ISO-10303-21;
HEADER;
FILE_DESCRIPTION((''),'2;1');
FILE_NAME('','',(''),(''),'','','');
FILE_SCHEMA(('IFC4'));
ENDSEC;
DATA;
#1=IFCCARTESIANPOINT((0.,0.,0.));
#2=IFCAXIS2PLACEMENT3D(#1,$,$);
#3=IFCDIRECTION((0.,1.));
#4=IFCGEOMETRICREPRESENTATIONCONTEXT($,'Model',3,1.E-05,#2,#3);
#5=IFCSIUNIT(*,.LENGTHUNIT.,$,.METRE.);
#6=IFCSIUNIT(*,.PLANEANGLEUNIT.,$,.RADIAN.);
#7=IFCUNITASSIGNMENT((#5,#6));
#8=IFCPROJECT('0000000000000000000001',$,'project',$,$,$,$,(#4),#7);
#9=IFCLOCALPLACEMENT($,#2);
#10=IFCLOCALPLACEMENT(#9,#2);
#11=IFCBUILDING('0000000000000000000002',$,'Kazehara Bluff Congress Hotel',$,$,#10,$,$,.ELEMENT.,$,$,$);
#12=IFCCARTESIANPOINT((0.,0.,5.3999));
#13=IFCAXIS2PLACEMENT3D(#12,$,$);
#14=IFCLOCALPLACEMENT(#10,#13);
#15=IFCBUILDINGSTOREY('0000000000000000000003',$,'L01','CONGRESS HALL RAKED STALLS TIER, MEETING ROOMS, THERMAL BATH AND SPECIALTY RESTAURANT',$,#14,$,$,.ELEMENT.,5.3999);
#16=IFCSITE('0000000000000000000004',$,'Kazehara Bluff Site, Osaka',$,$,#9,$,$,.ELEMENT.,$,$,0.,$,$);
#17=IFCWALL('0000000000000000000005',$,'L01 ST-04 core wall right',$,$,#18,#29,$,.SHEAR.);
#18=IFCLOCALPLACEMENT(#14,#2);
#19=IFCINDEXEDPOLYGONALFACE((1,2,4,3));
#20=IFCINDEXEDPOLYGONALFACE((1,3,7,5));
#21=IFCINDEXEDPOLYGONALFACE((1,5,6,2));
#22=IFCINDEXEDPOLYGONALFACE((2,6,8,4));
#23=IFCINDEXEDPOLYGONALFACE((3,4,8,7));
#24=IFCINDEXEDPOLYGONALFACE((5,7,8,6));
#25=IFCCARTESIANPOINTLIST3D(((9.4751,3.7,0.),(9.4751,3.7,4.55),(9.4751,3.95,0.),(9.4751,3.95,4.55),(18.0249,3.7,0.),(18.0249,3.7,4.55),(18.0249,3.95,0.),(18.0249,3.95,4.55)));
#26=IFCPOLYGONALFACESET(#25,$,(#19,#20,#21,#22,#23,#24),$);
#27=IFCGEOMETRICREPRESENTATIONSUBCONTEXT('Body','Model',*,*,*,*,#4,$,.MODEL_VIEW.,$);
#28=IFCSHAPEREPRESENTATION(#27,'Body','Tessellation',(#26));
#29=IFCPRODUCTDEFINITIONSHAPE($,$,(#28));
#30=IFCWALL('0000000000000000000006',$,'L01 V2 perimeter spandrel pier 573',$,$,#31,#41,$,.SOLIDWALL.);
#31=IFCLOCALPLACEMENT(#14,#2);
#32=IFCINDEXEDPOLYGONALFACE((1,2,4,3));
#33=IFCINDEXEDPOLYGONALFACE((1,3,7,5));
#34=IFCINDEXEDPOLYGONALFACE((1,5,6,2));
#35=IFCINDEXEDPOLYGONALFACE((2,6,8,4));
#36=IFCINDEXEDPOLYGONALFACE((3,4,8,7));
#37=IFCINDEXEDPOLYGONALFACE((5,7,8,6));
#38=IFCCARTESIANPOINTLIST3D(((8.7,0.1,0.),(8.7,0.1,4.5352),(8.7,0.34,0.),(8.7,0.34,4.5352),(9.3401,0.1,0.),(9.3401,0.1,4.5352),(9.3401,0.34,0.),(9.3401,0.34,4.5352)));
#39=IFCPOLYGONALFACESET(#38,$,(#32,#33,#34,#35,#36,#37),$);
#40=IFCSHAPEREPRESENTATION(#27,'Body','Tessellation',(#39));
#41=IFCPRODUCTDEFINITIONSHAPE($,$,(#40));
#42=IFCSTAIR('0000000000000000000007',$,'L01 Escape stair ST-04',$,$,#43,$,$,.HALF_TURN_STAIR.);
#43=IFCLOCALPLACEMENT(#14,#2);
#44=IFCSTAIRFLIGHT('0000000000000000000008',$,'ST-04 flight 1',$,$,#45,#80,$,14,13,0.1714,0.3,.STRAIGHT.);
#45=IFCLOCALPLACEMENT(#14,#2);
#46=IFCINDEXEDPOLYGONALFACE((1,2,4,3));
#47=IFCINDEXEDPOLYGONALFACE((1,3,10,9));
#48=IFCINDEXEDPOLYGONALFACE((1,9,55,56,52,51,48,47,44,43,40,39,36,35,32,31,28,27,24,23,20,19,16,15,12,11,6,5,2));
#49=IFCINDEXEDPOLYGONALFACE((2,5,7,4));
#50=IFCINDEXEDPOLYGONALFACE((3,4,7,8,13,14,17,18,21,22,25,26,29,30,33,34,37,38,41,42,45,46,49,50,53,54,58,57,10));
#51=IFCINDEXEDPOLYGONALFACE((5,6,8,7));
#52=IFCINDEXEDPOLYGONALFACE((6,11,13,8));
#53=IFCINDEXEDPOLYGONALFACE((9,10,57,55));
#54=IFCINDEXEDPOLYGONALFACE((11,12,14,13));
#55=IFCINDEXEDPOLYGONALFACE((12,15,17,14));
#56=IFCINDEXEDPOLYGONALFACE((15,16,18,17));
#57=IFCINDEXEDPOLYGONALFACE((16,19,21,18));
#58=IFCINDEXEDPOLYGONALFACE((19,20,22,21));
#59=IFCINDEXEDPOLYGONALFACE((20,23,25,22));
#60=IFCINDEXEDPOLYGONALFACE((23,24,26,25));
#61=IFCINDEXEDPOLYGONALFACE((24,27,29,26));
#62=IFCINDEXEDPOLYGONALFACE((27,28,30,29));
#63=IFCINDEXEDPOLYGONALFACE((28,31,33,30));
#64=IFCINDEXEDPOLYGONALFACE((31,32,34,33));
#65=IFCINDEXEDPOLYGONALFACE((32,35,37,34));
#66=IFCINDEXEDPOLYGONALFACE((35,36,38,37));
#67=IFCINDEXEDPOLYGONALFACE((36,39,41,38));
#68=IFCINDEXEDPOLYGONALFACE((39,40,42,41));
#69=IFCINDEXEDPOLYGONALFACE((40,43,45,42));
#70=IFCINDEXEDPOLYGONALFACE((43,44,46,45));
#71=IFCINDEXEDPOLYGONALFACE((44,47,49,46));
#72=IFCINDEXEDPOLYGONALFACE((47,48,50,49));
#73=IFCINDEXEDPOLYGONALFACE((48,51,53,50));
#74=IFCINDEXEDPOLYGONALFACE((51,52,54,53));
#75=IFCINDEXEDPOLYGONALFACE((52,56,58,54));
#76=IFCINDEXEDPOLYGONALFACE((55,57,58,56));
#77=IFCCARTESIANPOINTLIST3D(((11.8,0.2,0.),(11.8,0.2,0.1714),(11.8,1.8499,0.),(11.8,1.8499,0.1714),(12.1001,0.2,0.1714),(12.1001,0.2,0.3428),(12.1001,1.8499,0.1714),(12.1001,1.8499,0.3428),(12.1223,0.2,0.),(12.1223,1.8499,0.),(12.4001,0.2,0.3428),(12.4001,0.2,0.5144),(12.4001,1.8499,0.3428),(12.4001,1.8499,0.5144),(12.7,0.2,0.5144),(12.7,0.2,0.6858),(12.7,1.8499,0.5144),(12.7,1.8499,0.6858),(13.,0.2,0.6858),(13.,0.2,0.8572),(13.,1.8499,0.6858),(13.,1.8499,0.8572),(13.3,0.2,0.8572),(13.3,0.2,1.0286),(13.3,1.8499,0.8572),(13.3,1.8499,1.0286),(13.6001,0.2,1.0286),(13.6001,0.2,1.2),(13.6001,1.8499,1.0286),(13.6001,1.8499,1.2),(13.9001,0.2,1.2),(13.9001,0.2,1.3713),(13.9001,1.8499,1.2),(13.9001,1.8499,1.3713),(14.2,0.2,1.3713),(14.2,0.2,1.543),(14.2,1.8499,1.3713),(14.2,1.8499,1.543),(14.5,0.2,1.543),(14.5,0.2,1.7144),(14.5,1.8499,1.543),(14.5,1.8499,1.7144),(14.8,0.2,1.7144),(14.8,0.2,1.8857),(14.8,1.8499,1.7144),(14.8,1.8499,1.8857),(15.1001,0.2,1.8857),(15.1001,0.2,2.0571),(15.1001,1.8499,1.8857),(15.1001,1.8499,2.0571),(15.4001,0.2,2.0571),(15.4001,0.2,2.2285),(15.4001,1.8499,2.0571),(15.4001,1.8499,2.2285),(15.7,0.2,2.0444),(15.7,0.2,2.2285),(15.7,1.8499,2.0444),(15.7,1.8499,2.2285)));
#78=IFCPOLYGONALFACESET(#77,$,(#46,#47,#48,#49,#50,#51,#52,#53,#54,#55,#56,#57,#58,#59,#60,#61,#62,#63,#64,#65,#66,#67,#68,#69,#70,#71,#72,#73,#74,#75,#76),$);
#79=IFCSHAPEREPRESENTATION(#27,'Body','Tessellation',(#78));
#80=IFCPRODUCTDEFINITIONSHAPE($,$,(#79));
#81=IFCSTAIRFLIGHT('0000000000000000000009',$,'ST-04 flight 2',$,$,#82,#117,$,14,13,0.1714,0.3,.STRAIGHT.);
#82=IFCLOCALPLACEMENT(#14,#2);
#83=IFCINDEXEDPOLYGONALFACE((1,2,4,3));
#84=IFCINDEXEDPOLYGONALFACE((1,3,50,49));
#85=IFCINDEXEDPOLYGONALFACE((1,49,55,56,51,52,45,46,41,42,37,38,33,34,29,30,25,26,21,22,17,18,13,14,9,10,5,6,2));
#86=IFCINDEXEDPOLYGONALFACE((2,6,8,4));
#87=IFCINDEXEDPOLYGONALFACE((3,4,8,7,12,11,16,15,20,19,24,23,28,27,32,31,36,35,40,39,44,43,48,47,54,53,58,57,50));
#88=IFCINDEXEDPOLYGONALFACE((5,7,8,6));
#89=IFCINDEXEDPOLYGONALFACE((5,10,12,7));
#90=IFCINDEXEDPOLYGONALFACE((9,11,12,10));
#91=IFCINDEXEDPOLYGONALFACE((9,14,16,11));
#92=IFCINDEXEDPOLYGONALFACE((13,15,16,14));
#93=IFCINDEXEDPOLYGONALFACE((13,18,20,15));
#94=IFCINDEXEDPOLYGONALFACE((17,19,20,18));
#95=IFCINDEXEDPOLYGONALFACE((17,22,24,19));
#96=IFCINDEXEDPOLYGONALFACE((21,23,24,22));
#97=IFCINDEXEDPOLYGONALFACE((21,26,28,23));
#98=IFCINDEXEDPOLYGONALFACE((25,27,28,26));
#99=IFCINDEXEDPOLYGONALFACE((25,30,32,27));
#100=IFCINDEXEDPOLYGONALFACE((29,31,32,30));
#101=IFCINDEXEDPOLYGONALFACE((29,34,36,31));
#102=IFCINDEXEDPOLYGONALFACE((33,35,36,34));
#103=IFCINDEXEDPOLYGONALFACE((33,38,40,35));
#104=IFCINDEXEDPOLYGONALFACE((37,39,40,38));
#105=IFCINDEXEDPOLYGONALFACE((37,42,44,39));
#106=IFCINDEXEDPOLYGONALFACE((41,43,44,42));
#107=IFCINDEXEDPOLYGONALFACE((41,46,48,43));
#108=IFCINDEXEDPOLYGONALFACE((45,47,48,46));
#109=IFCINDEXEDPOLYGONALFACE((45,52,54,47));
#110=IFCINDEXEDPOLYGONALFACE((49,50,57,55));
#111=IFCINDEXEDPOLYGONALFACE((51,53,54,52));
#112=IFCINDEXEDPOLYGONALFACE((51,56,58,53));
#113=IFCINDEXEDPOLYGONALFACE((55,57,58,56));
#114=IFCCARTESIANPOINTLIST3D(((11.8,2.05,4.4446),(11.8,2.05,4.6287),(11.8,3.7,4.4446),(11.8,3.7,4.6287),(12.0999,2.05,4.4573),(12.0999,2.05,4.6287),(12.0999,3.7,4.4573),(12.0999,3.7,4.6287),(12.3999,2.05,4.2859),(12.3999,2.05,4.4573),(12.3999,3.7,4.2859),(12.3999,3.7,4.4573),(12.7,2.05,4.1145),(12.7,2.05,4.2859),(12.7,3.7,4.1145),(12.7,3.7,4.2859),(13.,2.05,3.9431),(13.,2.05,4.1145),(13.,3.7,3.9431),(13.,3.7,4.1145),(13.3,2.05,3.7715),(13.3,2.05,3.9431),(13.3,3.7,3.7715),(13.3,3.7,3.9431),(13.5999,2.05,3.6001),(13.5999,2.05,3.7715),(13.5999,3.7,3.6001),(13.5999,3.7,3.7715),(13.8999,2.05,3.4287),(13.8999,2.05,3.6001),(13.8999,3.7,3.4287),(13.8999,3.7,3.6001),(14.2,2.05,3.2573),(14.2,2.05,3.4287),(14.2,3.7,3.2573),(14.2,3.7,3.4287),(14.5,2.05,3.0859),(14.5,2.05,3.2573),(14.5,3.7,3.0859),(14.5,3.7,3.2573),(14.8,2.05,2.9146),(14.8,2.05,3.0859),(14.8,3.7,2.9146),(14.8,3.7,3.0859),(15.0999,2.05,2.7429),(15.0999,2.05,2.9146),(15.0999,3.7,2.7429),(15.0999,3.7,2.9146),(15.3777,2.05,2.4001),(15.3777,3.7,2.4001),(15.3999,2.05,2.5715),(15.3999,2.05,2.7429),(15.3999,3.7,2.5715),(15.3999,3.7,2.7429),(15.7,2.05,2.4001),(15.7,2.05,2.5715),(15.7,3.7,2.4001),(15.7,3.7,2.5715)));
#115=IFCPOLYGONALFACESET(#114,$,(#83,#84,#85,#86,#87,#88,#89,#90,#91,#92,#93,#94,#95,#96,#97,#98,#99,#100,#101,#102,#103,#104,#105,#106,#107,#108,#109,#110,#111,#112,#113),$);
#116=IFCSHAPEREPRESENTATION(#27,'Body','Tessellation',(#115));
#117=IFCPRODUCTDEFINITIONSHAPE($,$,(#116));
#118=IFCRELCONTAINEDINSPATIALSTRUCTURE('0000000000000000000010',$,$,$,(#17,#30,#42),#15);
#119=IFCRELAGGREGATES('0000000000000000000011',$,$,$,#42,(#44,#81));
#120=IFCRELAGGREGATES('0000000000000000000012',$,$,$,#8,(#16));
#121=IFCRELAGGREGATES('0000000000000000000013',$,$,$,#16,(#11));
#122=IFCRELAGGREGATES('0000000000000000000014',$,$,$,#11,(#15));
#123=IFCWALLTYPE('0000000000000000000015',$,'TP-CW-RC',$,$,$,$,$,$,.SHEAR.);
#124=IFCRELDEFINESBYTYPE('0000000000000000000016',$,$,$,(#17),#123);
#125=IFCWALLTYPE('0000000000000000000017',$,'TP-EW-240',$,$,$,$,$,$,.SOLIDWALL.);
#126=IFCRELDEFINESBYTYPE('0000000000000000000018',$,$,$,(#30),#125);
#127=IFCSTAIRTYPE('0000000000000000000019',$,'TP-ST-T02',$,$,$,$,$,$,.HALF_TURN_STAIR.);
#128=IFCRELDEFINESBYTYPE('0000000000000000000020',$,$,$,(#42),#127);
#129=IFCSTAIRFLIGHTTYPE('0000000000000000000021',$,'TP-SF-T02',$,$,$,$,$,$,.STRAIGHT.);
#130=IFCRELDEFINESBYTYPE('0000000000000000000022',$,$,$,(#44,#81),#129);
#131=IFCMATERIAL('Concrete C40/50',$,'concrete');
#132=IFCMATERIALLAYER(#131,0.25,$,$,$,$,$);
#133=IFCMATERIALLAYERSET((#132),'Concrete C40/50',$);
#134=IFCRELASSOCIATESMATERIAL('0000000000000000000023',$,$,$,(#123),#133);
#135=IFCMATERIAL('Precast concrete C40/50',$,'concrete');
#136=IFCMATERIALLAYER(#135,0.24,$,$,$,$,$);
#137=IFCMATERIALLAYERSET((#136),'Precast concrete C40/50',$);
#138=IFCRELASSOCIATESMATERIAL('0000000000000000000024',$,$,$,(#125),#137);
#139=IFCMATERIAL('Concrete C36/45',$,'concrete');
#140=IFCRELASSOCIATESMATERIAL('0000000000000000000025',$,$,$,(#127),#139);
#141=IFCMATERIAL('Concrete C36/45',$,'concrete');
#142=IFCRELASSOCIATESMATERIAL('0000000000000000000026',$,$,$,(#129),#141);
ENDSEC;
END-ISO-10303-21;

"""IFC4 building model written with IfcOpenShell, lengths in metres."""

from ifc_helpers import new_model, si_unit, direction, frame, frame_2d, origin, place, context, subcontext, project, spatial, polyline, rectangle, outline, extrude, material, layer, layer_set, type_object, element, aggregate, save


model = new_model("IFC4")

# Units and contexts
model_context = context("Model", 3, precision=1e-05, world=origin(), true_north=direction((0.0, 1.0)))
body_context = subcontext(model_context, "Body", "Model", "MODEL_VIEW")
ifc_project = project(units=[si_unit("LENGTHUNIT", "METRE"), si_unit("PLANEANGLEUNIT", "RADIAN")], contexts=[model_context])

# Site, building, storey
site_placement = place(None, origin())
site = spatial("IfcSite", under=ifc_project, at=site_placement, Name="Kazehara Bluff Site, Osaka", CompositionType="ELEMENT", RefElevation=0.0)
building_placement = place(site_placement, origin())
building = spatial("IfcBuilding", under=site, at=building_placement, Name="Kazehara Bluff Congress Hotel", CompositionType="ELEMENT")
storey_placement = place(building_placement, frame((0.0, 0.0, 5.3999)))
storey = spatial("IfcBuildingStorey", under=building, at=storey_placement, Name="L01", Description="CONGRESS HALL RAKED STALLS TIER, MEETING ROOMS, THERMAL BATH AND SPECIALTY RESTAURANT", CompositionType="ELEMENT", Elevation=5.3999)

# Shared definitions
ifc_material_1 = material(Name="Concrete C40/50", Category="concrete")
ifc_layer_1 = layer(ifc_material_1, 0.25)
ifc_layer_set_1 = layer_set([ifc_layer_1], Name="Concrete C40/50")
wall_type_1 = type_object("IfcWallType", Name="TP-CW-RC", PredefinedType="SHEAR", material=ifc_layer_set_1)

# Walls
wall_1_placement = place(storey_placement, frame((9.4751, 3.825, 0.0), z_axis=(0.0, 0.0, 1.0), x_axis=(1.0, 0.0, 0.0)))
element("IfcWall", 1, at=wall_1_placement, inside=storey, type_object=wall_type_1, Name="L01 ST-04 core wall right", PredefinedType="SHEAR", context=body_context, shape_type="SweptSolid", body=[
    extrude(rectangle(XDim=8.5498, YDim=0.25, at=frame_2d((4.2749, 0.0))), origin(), (0.0, 0.0, 1.0), 4.55),
])
ifc_material_2 = material(Name="Precast concrete C40/50", Category="concrete")
ifc_layer_2 = layer(ifc_material_2, 0.24)
ifc_layer_set_2 = layer_set([ifc_layer_2], Name="Precast concrete C40/50")
wall_type_2 = type_object("IfcWallType", Name="TP-EW-240", PredefinedType="SOLIDWALL", material=ifc_layer_set_2)
wall_2_placement = place(storey_placement, frame((9.3401, 0.22, 0.0), z_axis=(0.0, 0.0, 1.0), x_axis=(-1.0, 0.0, 0.0)))
element("IfcWall", 2, at=wall_2_placement, inside=storey, type_object=wall_type_2, Name="L01 V2 perimeter spandrel pier 573", PredefinedType="SOLIDWALL", context=body_context, shape_type="SweptSolid", body=[
    extrude(rectangle(XDim=0.6401, YDim=0.24, at=frame_2d((0.3201, 0.0))), origin(), (0.0, 0.0, 1.0), 4.5352),
])

# Stair, stair flights
ifc_material_3 = material(Name="Concrete C36/45", Category="concrete")
stair_type = type_object("IfcStairType", Name="TP-ST-T02", PredefinedType="HALF_TURN_STAIR", material=ifc_material_3)
stair_placement = place(storey_placement, origin())
stair = element("IfcStair", 3, at=stair_placement, inside=storey, type_object=stair_type, Name="L01 Escape stair ST-04", PredefinedType="HALF_TURN_STAIR")
ifc_material_4 = material(Name="Concrete C36/45", Category="concrete")
stair_flight_type = type_object("IfcStairFlightType", Name="TP-SF-T02", PredefinedType="STRAIGHT", material=ifc_material_4)
stair_flight_1_placement = place(storey_placement, frame((11.8, 1.0249, 0.0), z_axis=(0.0, 0.0, 1.0), x_axis=(1.0, 0.0, 0.0)))
stair_flight_1 = element("IfcStairFlight", 4, at=stair_flight_1_placement, type_object=stair_flight_type, Name="ST-04 flight 1", NumberOfRisers=14, NumberOfTreads=13, PredefinedType="STRAIGHT", RiserHeight=0.1714, TreadLength=0.3, context=body_context, shape_type="SweptSolid", body=[
    extrude(outline(polyline([(0.0, 0.0), (0.0, 0.1714), (0.3, 0.1714), (0.3, 0.3428), (0.6001, 0.3428), (0.6001, 0.5144), (0.8999, 0.5144), (0.8999, 0.6858), (1.2, 0.6858), (1.2, 0.8572), (1.5, 0.8572), (1.5, 1.0286), (1.8, 1.0286), (1.8, 1.2), (2.1001, 1.2), (2.1001, 1.3713), (2.3999, 1.3713), (2.3999, 1.543), (2.7, 1.543), (2.7, 1.7144), (3.0, 1.7144), (3.0, 1.8857), (3.3, 1.8857), (3.3, 2.0571), (3.6001, 2.0571), (3.6001, 2.2285), (3.8999, 2.2285), (3.8999, 2.3999), (3.8999, 2.0444), (0.3223, 0.0), (0.0, 0.0)])), frame((0.0, 0.825, 0.0), z_axis=(0.0, -1.0, 0.0), x_axis=(1.0, 0.0, 0.0)), (0.0, 0.0, 1.0), 1.6499),
])
stair_flight_2_placement = place(storey_placement, frame((15.7, 2.875, 2.4001), z_axis=(0.0, 0.0, 1.0), x_axis=(-1.0, 0.0, 0.0)))
stair_flight_2 = element("IfcStairFlight", 5, at=stair_flight_2_placement, type_object=stair_flight_type, Name="ST-04 flight 2", NumberOfRisers=14, NumberOfTreads=13, PredefinedType="STRAIGHT", RiserHeight=0.1714, TreadLength=0.3, context=body_context, shape_type="SweptSolid", body=[
    extrude(outline(polyline([(0.0, 0.0), (0.0, 0.1714), (0.3, 0.1714), (0.3, 0.3428), (0.6001, 0.3428), (0.6001, 0.5144), (0.8999, 0.5144), (0.8999, 0.6858), (1.2, 0.6858), (1.2, 0.8572), (1.5, 0.8572), (1.5, 1.0286), (1.8, 1.0286), (1.8, 1.2), (2.1001, 1.2), (2.1001, 1.3713), (2.3999, 1.3713), (2.3999, 1.543), (2.7, 1.543), (2.7, 1.7144), (3.0, 1.7144), (3.0, 1.8857), (3.3, 1.8857), (3.3, 2.0571), (3.6001, 2.0571), (3.6001, 2.2285), (3.8999, 2.2285), (3.8999, 2.3999), (3.8999, 2.0444), (0.3223, 0.0), (0.0, 0.0)])), frame((0.0, 0.825, 0.0), z_axis=(0.0, -1.0, 0.0), x_axis=(1.0, 0.0, 0.0)), (0.0, 0.0, 1.0), 1.6499),
])
aggregate(stair, [stair_flight_1, stair_flight_2])

save(model, "model.ifc")
